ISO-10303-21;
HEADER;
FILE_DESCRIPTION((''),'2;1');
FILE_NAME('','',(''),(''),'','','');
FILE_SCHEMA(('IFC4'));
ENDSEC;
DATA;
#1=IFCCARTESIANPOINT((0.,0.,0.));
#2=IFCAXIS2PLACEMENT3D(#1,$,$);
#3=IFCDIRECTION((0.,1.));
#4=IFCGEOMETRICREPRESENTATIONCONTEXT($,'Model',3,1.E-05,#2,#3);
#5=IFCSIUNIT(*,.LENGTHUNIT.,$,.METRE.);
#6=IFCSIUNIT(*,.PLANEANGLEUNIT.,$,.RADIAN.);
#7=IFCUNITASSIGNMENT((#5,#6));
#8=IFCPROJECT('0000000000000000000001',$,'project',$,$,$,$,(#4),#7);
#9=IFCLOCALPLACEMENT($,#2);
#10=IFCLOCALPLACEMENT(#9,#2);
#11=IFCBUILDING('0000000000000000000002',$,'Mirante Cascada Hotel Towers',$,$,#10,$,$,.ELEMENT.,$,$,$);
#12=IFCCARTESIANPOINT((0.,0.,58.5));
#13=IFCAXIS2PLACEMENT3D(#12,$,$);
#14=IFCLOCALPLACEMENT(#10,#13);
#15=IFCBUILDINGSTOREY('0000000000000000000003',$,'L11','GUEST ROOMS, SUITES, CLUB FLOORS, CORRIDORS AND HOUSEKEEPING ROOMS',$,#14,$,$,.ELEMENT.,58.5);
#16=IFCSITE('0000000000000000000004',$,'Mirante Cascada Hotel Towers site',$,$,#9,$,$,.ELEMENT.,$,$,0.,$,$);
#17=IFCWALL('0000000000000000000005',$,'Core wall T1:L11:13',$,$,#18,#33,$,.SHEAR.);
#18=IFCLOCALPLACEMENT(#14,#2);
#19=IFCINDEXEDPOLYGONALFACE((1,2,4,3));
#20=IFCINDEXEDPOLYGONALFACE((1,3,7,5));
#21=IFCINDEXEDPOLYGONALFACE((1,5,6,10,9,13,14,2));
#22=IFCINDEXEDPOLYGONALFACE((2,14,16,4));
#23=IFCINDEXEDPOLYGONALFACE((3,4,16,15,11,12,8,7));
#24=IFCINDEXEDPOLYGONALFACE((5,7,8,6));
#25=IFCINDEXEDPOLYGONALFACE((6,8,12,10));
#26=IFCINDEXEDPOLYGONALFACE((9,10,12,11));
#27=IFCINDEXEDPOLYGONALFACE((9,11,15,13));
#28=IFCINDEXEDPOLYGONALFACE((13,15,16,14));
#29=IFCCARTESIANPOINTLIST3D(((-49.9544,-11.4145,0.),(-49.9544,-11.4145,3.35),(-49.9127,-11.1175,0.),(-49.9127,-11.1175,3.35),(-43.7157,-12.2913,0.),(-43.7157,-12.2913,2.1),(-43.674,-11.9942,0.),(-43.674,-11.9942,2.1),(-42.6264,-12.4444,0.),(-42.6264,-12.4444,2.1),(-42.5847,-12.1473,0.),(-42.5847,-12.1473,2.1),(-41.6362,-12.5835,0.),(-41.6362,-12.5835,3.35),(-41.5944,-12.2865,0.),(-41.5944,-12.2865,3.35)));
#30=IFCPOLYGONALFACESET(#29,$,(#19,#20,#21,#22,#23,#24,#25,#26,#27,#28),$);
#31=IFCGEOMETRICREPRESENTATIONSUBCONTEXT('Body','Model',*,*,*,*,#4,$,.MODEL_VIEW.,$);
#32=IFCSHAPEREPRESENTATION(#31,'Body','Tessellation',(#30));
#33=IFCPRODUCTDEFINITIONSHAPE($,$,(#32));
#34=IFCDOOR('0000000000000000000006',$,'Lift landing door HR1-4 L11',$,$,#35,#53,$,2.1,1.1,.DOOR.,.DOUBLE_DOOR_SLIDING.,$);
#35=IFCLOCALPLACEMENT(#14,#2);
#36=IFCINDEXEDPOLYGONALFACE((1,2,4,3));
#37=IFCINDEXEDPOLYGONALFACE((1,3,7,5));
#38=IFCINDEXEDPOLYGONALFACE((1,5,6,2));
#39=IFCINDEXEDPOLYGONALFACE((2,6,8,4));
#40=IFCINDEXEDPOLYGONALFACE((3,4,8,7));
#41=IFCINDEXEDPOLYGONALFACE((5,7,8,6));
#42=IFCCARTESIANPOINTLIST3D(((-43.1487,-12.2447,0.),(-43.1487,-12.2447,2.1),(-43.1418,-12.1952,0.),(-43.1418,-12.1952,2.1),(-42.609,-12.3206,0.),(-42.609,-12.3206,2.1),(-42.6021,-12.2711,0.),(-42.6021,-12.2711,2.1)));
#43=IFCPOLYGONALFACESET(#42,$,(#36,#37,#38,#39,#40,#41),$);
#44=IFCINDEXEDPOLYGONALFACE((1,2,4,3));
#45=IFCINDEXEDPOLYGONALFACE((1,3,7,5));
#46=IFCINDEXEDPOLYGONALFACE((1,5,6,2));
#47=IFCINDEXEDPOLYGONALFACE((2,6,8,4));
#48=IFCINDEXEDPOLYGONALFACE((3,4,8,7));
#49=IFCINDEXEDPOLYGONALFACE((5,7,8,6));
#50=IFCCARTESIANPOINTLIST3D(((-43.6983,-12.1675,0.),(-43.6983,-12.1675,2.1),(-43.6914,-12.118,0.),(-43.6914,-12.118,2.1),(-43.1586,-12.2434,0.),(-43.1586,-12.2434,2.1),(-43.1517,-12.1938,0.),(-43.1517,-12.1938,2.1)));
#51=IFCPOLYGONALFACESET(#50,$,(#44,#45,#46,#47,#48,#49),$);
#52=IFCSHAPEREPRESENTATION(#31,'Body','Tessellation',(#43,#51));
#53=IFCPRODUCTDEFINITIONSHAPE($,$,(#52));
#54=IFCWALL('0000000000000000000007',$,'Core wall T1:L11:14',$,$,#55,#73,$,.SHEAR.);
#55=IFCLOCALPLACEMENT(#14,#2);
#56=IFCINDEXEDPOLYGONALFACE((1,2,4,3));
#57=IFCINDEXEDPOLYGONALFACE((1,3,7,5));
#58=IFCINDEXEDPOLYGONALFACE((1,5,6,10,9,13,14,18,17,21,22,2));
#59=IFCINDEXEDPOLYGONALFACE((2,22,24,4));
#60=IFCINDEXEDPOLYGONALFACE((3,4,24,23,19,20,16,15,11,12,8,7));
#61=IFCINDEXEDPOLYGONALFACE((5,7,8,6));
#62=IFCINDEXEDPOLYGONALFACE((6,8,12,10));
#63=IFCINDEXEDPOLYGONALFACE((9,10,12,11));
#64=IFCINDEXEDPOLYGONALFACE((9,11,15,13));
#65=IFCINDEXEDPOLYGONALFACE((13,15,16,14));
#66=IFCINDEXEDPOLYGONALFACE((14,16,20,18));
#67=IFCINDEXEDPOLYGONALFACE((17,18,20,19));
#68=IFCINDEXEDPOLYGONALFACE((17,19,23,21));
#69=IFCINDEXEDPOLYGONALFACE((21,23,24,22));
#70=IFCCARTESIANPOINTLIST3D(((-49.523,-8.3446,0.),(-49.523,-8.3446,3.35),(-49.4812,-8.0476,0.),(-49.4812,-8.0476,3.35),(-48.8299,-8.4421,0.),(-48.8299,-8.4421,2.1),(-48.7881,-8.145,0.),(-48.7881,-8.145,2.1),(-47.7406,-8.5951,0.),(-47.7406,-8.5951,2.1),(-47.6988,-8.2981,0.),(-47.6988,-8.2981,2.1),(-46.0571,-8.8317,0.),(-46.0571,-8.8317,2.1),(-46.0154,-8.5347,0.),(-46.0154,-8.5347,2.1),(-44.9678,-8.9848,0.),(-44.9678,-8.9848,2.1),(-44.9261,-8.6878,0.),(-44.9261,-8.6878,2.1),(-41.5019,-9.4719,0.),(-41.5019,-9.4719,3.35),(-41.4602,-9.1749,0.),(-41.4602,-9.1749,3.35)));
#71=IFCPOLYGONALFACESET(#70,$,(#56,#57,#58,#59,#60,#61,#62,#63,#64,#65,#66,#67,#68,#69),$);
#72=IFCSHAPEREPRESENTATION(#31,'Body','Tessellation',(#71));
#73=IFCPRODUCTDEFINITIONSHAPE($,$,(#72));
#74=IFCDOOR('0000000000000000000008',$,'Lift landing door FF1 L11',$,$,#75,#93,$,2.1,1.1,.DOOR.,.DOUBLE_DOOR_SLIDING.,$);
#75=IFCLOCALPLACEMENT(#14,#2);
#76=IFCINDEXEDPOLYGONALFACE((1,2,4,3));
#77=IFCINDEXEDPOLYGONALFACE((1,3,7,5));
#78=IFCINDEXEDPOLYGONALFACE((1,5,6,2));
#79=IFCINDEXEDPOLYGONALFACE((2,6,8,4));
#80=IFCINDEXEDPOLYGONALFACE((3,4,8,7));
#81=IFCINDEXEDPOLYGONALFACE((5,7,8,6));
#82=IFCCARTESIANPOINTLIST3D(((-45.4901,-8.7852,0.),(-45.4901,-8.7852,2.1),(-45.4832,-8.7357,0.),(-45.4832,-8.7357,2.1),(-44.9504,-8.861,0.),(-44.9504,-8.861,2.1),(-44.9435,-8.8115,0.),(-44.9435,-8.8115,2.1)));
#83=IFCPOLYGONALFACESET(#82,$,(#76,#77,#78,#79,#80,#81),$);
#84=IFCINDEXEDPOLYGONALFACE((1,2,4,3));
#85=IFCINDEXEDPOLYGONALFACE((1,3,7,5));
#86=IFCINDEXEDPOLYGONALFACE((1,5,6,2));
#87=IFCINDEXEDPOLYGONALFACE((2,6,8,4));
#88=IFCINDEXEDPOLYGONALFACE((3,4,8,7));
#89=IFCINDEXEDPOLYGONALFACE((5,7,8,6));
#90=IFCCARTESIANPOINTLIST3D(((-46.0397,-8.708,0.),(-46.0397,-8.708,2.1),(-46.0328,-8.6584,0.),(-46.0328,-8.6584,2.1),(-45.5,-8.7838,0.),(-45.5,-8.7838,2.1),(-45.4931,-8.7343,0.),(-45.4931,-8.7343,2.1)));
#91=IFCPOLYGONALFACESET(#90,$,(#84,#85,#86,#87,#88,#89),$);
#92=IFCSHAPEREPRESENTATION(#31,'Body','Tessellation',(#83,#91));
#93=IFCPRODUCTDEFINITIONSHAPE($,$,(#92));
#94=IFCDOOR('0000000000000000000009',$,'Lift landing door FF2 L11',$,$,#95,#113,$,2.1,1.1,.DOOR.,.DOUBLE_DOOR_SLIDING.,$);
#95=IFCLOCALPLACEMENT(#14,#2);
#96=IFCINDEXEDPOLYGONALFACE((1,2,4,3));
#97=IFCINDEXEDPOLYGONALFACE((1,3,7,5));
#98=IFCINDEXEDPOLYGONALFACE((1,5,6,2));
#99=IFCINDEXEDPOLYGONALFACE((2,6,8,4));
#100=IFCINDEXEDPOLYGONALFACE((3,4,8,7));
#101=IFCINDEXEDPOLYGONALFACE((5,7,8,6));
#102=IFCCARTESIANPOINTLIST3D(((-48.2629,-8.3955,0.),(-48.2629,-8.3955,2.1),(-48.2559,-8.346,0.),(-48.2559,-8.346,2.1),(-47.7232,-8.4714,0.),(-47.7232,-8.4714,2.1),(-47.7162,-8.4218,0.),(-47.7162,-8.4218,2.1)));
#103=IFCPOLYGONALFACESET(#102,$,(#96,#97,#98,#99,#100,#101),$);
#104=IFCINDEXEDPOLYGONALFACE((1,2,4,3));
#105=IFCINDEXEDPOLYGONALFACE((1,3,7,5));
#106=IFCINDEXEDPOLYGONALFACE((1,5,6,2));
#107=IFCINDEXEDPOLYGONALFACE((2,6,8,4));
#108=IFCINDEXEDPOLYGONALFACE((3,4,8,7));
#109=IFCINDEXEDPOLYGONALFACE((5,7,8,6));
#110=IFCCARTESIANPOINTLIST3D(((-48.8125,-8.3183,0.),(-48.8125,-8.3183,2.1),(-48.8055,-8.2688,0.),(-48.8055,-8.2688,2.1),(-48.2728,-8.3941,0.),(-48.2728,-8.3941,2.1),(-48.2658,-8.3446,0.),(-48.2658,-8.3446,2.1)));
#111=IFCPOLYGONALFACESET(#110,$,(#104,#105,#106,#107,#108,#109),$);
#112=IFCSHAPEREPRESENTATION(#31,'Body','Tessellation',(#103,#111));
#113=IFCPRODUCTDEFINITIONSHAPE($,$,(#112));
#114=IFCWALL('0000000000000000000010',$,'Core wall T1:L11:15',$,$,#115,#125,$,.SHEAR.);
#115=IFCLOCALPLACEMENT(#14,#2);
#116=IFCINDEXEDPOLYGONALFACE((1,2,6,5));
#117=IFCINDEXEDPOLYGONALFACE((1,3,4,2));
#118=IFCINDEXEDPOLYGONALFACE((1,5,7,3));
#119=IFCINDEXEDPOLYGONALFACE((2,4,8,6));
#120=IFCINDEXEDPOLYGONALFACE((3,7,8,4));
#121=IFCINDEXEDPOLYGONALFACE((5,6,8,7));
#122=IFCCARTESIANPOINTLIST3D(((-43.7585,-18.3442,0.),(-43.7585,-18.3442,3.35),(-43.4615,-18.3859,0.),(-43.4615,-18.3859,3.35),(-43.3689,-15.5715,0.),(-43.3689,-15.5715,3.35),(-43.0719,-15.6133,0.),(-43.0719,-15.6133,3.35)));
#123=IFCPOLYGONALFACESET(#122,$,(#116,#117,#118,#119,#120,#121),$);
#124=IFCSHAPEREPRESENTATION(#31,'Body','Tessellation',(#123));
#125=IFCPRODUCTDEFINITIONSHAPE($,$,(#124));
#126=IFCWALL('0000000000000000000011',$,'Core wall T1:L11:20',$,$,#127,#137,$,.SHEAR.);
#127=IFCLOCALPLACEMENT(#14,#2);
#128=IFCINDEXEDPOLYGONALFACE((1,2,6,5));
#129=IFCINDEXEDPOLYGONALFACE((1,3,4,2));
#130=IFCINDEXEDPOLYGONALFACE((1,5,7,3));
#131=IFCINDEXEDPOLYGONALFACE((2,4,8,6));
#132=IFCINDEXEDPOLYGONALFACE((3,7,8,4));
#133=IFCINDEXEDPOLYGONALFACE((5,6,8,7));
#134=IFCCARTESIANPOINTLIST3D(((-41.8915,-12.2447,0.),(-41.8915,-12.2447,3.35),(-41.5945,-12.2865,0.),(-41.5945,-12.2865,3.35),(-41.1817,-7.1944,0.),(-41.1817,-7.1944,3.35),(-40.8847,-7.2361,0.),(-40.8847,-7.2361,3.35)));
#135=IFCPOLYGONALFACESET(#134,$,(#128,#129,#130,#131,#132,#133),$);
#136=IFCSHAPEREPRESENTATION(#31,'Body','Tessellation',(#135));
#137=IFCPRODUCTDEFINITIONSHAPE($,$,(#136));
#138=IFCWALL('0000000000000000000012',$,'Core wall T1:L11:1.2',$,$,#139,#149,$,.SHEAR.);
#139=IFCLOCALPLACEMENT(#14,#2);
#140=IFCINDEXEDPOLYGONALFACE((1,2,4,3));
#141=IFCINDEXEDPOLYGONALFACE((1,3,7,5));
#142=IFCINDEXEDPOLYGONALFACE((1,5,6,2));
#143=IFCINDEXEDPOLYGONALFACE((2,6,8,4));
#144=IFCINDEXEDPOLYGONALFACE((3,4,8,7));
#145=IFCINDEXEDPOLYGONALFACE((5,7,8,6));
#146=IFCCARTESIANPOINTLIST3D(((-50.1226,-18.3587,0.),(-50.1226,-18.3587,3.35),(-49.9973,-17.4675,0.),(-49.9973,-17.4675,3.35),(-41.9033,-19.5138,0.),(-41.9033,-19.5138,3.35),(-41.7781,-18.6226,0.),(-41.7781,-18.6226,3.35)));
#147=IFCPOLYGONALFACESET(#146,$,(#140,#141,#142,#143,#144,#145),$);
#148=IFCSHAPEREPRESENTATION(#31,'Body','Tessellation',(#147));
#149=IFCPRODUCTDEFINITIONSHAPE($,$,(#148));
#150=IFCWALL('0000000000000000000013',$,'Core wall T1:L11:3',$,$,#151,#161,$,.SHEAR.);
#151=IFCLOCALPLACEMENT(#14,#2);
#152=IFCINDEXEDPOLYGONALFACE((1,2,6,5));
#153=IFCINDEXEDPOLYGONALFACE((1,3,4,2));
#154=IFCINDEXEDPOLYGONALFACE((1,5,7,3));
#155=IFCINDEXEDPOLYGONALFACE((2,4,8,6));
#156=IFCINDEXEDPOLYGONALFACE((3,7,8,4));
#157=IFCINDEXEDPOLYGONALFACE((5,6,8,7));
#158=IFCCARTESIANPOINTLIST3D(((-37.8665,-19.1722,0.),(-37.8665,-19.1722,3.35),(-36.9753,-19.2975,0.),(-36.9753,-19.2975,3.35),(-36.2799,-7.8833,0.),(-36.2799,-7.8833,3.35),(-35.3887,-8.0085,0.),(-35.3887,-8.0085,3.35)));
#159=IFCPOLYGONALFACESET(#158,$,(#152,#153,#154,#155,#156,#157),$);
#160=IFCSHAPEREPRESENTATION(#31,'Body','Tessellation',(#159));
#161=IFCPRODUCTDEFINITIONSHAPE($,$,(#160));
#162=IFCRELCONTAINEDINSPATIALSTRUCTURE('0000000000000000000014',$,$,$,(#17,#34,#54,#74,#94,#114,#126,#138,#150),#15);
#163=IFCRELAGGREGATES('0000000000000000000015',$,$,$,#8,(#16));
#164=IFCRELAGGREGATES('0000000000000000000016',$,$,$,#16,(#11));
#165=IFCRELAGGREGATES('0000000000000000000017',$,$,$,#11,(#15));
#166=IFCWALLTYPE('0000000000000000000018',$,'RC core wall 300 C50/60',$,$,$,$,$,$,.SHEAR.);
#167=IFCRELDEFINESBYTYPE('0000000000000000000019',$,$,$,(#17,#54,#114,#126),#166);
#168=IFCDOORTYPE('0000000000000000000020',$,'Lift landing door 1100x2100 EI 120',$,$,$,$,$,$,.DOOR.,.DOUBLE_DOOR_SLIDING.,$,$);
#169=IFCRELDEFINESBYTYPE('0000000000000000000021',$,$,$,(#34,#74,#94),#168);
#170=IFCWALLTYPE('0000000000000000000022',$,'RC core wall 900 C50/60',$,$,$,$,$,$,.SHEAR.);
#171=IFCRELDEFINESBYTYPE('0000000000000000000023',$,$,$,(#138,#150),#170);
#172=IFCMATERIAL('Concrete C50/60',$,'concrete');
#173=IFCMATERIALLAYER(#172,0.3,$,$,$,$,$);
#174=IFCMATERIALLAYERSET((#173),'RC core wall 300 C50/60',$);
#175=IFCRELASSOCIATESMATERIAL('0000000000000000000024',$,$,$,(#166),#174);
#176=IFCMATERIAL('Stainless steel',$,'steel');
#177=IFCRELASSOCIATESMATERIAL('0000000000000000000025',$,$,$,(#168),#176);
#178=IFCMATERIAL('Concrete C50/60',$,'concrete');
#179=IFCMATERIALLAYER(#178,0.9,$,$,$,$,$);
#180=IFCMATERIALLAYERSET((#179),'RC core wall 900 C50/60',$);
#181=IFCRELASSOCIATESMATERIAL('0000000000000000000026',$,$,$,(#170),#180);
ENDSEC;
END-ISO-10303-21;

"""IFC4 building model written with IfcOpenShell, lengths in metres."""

from ifc_helpers import new_model, si_unit, direction, frame, frame_2d, origin, place, context, subcontext, project, spatial, rectangle, extrude, material, layer, layer_set, type_object, element, fill, save


model = new_model("IFC4")

# Units and contexts
model_context = context("Model", 3, precision=1e-05, world=origin(), true_north=direction((0.0, 1.0)))
body_context = subcontext(model_context, "Body", "Model", "MODEL_VIEW")
ifc_project = project(units=[si_unit("LENGTHUNIT", "METRE"), si_unit("PLANEANGLEUNIT", "RADIAN")], contexts=[model_context])

# Site, building, storey
site_placement = place(None, origin())
site = spatial("IfcSite", under=ifc_project, at=site_placement, Name="Mirante Cascada Hotel Towers site", CompositionType="ELEMENT", RefElevation=0.0)
building_placement = place(site_placement, origin())
building = spatial("IfcBuilding", under=site, at=building_placement, Name="Mirante Cascada Hotel Towers", CompositionType="ELEMENT")
storey_placement = place(building_placement, frame((0.0, 0.0, 58.5)))
storey = spatial("IfcBuildingStorey", under=building, at=storey_placement, Name="L11", Description="GUEST ROOMS, SUITES, CLUB FLOORS, CORRIDORS AND HOUSEKEEPING ROOMS", CompositionType="ELEMENT", Elevation=58.5)

# Shared definitions
ifc_material_1 = material(Name="Concrete C50/60", Category="concrete")
ifc_layer_1 = layer(ifc_material_1, 0.3)
ifc_layer_set_1 = layer_set([ifc_layer_1], Name="RC core wall 300 C50/60")
wall_type_1 = type_object("IfcWallType", Name="RC core wall 300 C50/60", PredefinedType="SHEAR", material=ifc_layer_set_1)

# Shared definitions
ifc_material_2 = material(Name="Stainless steel", Category="steel")
door_type_1 = type_object("IfcDoorType", Name="Lift landing door 1100x2100 EI 120", OperationType="DOUBLE_DOOR_SLIDING", PredefinedType="DOOR", material=ifc_material_2)

# Wall, opening, door
wall_1_placement = place(storey_placement, frame((-41.6153, -12.435, 0.0), z_axis=(0.0, 0.0, 1.0), x_axis=(-0.990269, 0.139166, 0.0)))
wall_1 = element("IfcWall", 1, at=wall_1_placement, inside=storey, type_object=wall_type_1, Name="Core wall T1:L11:13", PredefinedType="SHEAR", context=body_context, shape_type="SweptSolid", body=[
    extrude(rectangle(XDim=8.4, YDim=0.3, at=frame_2d((4.2, 0.0))), origin(), (0.0, 0.0, 1.0), 3.35),
])
opening_1_placement = place(wall_1_placement, frame((1.0, 0.0, 0.0)))
opening_1 = element("IfcOpeningElement", 2, at=opening_1_placement, cuts=wall_1, PredefinedType="OPENING", context=body_context, shape_type="SweptSolid", body=[
    extrude(rectangle(XDim=1.1, YDim=2.1, at=frame_2d((0.55, 1.05))), frame((0.0, 0.15, 0.0), z_axis=(0.0, -1.0, 0.0), x_axis=(1.0, 0.0, 0.0)), (0.0, 0.0, 1.0), 0.3),
])
door_1_placement = place(opening_1_placement, origin())
door_1 = element("IfcDoor", 3, at=door_1_placement, inside=storey, type_object=door_type_1, Name="Lift landing door HR1-4 L11", OperationType="DOUBLE_DOOR_SLIDING", OverallHeight=2.1, OverallWidth=1.1, PredefinedType="DOOR", context=body_context, shape_type="SweptSolid", body=[
    extrude(rectangle(XDim=0.545, YDim=2.1, at=frame_2d((0.2725, 1.05))), frame((0.0, 0.025, 0.0), z_axis=(0.0, -1.0, 0.0), x_axis=(1.0, 0.0, 0.0)), (0.0, 0.0, 1.0), 0.05),
    extrude(rectangle(XDim=0.545, YDim=2.1, at=frame_2d((0.8275, 1.05))), frame((0.0, 0.025, 0.0), z_axis=(0.0, -1.0, 0.0), x_axis=(1.0, 0.0, 0.0)), (0.0, 0.0, 1.0), 0.05),
])
fill(opening_1, door_1)

# Wall, openings, doors
wall_2_placement = place(storey_placement, frame((-41.481, -9.3234, 0.0), z_axis=(0.0, 0.0, 1.0), x_axis=(-0.990268, 0.139174, 0.0)))
wall_2 = element("IfcWall", 4, at=wall_2_placement, inside=storey, type_object=wall_type_1, Name="Core wall T1:L11:14", PredefinedType="SHEAR", context=body_context, shape_type="SweptSolid", body=[
    extrude(rectangle(XDim=8.0999, YDim=0.3, at=frame_2d((4.05, 0.0))), origin(), (0.0, 0.0, 1.0), 3.35),
])
opening_2_placement = place(wall_2_placement, frame((3.5, 0.0, 0.0)))
opening_2 = element("IfcOpeningElement", 5, at=opening_2_placement, cuts=wall_2, PredefinedType="OPENING", context=body_context, shape_type="SweptSolid", body=[
    extrude(rectangle(XDim=1.1, YDim=2.1, at=frame_2d((0.55, 1.05))), frame((0.0, 0.15, 0.0), z_axis=(0.0, -1.0, 0.0), x_axis=(1.0, 0.0, 0.0)), (0.0, 0.0, 1.0), 0.3),
])
opening_3_placement = place(wall_2_placement, frame((6.3, 0.0, 0.0)))
opening_3 = element("IfcOpeningElement", 6, at=opening_3_placement, cuts=wall_2, PredefinedType="OPENING", context=body_context, shape_type="SweptSolid", body=[
    extrude(rectangle(XDim=1.1, YDim=2.1, at=frame_2d((0.55, 1.05))), frame((0.0, 0.15, 0.0), z_axis=(0.0, -1.0, 0.0), x_axis=(1.0, 0.0, 0.0)), (0.0, 0.0, 1.0), 0.3),
])
door_2_placement = place(opening_2_placement, origin())
door_2 = element("IfcDoor", 7, at=door_2_placement, inside=storey, type_object=door_type_1, Name="Lift landing door FF1 L11", OperationType="DOUBLE_DOOR_SLIDING", OverallHeight=2.1, OverallWidth=1.1, PredefinedType="DOOR", context=body_context, shape_type="SweptSolid", body=[
    extrude(rectangle(XDim=0.545, YDim=2.1, at=frame_2d((0.2725, 1.05))), frame((0.0, 0.025, 0.0), z_axis=(0.0, -1.0, 0.0), x_axis=(1.0, 0.0, 0.0)), (0.0, 0.0, 1.0), 0.05),
    extrude(rectangle(XDim=0.545, YDim=2.1, at=frame_2d((0.8275, 1.05))), frame((0.0, 0.025, 0.0), z_axis=(0.0, -1.0, 0.0), x_axis=(1.0, 0.0, 0.0)), (0.0, 0.0, 1.0), 0.05),
])
fill(opening_2, door_2)
door_3_placement = place(opening_3_placement, origin())
door_3 = element("IfcDoor", 8, at=door_3_placement, inside=storey, type_object=door_type_1, Name="Lift landing door FF2 L11", OperationType="DOUBLE_DOOR_SLIDING", OverallHeight=2.1, OverallWidth=1.1, PredefinedType="DOOR", context=body_context, shape_type="SweptSolid", body=[
    extrude(rectangle(XDim=0.545, YDim=2.1, at=frame_2d((0.2725, 1.05))), frame((0.0, 0.025, 0.0), z_axis=(0.0, -1.0, 0.0), x_axis=(1.0, 0.0, 0.0)), (0.0, 0.0, 1.0), 0.05),
    extrude(rectangle(XDim=0.545, YDim=2.1, at=frame_2d((0.8275, 1.05))), frame((0.0, 0.025, 0.0), z_axis=(0.0, -1.0, 0.0), x_axis=(1.0, 0.0, 0.0)), (0.0, 0.0, 1.0), 0.05),
])
fill(opening_3, door_3)

# Walls
wall_3_placement = place(storey_placement, frame((-43.61, -18.3651, 0.0), z_axis=(0.0, 0.0, 1.0), x_axis=(0.139146, 0.990272, 0.0)))
element("IfcWall", 9, at=wall_3_placement, inside=storey, type_object=wall_type_1, Name="Core wall T1:L11:15", PredefinedType="SHEAR", context=body_context, shape_type="SweptSolid", body=[
    extrude(rectangle(XDim=2.7999, YDim=0.3, at=frame_2d((1.4, 0.0))), origin(), (0.0, 0.0, 1.0), 3.35),
])
wall_4_placement = place(storey_placement, frame((-41.743, -12.2656, 0.0), z_axis=(0.0, 0.0, 1.0), x_axis=(0.139176, 0.990268, 0.0)))
element("IfcWall", 10, at=wall_4_placement, inside=storey, type_object=wall_type_1, Name="Core wall T1:L11:20", PredefinedType="SHEAR", context=body_context, shape_type="SweptSolid", body=[
    extrude(rectangle(XDim=5.1, YDim=0.3, at=frame_2d((2.55, 0.0))), origin(), (0.0, 0.0, 1.0), 3.35),
])
ifc_material_3 = material(Name="Concrete C50/60", Category="concrete")
ifc_layer_2 = layer(ifc_material_3, 0.9)
ifc_layer_set_2 = layer_set([ifc_layer_2], Name="RC core wall 900 C50/60")
wall_type_2 = type_object("IfcWallType", Name="RC core wall 900 C50/60", PredefinedType="SHEAR", material=ifc_layer_set_2)
wall_5_placement = place(storey_placement, frame((-41.8407, -19.0682, 0.0), z_axis=(0.0, 0.0, 1.0), x_axis=(-0.990269, 0.139169, 0.0)))
element("IfcWall", 11, at=wall_5_placement, inside=storey, type_object=wall_type_2, Name="Core wall T1:L11:1.2", PredefinedType="SHEAR", context=body_context, shape_type="SweptSolid", body=[
    extrude(rectangle(XDim=8.3, YDim=0.9, at=frame_2d((4.15, 0.0))), origin(), (0.0, 0.0, 1.0), 3.35),
])
wall_6_placement = place(storey_placement, frame((-37.4209, -19.2349, 0.0), z_axis=(0.0, 0.0, 1.0), x_axis=(0.139176, 0.990268, 0.0)))
element("IfcWall", 12, at=wall_6_placement, inside=storey, type_object=wall_type_2, Name="Core wall T1:L11:3", PredefinedType="SHEAR", context=body_context, shape_type="SweptSolid", body=[
    extrude(rectangle(XDim=11.3999, YDim=0.9, at=frame_2d((5.7, 0.0))), origin(), (0.0, 0.0, 1.0), 3.35),
])

save(model, "model.ifc")
